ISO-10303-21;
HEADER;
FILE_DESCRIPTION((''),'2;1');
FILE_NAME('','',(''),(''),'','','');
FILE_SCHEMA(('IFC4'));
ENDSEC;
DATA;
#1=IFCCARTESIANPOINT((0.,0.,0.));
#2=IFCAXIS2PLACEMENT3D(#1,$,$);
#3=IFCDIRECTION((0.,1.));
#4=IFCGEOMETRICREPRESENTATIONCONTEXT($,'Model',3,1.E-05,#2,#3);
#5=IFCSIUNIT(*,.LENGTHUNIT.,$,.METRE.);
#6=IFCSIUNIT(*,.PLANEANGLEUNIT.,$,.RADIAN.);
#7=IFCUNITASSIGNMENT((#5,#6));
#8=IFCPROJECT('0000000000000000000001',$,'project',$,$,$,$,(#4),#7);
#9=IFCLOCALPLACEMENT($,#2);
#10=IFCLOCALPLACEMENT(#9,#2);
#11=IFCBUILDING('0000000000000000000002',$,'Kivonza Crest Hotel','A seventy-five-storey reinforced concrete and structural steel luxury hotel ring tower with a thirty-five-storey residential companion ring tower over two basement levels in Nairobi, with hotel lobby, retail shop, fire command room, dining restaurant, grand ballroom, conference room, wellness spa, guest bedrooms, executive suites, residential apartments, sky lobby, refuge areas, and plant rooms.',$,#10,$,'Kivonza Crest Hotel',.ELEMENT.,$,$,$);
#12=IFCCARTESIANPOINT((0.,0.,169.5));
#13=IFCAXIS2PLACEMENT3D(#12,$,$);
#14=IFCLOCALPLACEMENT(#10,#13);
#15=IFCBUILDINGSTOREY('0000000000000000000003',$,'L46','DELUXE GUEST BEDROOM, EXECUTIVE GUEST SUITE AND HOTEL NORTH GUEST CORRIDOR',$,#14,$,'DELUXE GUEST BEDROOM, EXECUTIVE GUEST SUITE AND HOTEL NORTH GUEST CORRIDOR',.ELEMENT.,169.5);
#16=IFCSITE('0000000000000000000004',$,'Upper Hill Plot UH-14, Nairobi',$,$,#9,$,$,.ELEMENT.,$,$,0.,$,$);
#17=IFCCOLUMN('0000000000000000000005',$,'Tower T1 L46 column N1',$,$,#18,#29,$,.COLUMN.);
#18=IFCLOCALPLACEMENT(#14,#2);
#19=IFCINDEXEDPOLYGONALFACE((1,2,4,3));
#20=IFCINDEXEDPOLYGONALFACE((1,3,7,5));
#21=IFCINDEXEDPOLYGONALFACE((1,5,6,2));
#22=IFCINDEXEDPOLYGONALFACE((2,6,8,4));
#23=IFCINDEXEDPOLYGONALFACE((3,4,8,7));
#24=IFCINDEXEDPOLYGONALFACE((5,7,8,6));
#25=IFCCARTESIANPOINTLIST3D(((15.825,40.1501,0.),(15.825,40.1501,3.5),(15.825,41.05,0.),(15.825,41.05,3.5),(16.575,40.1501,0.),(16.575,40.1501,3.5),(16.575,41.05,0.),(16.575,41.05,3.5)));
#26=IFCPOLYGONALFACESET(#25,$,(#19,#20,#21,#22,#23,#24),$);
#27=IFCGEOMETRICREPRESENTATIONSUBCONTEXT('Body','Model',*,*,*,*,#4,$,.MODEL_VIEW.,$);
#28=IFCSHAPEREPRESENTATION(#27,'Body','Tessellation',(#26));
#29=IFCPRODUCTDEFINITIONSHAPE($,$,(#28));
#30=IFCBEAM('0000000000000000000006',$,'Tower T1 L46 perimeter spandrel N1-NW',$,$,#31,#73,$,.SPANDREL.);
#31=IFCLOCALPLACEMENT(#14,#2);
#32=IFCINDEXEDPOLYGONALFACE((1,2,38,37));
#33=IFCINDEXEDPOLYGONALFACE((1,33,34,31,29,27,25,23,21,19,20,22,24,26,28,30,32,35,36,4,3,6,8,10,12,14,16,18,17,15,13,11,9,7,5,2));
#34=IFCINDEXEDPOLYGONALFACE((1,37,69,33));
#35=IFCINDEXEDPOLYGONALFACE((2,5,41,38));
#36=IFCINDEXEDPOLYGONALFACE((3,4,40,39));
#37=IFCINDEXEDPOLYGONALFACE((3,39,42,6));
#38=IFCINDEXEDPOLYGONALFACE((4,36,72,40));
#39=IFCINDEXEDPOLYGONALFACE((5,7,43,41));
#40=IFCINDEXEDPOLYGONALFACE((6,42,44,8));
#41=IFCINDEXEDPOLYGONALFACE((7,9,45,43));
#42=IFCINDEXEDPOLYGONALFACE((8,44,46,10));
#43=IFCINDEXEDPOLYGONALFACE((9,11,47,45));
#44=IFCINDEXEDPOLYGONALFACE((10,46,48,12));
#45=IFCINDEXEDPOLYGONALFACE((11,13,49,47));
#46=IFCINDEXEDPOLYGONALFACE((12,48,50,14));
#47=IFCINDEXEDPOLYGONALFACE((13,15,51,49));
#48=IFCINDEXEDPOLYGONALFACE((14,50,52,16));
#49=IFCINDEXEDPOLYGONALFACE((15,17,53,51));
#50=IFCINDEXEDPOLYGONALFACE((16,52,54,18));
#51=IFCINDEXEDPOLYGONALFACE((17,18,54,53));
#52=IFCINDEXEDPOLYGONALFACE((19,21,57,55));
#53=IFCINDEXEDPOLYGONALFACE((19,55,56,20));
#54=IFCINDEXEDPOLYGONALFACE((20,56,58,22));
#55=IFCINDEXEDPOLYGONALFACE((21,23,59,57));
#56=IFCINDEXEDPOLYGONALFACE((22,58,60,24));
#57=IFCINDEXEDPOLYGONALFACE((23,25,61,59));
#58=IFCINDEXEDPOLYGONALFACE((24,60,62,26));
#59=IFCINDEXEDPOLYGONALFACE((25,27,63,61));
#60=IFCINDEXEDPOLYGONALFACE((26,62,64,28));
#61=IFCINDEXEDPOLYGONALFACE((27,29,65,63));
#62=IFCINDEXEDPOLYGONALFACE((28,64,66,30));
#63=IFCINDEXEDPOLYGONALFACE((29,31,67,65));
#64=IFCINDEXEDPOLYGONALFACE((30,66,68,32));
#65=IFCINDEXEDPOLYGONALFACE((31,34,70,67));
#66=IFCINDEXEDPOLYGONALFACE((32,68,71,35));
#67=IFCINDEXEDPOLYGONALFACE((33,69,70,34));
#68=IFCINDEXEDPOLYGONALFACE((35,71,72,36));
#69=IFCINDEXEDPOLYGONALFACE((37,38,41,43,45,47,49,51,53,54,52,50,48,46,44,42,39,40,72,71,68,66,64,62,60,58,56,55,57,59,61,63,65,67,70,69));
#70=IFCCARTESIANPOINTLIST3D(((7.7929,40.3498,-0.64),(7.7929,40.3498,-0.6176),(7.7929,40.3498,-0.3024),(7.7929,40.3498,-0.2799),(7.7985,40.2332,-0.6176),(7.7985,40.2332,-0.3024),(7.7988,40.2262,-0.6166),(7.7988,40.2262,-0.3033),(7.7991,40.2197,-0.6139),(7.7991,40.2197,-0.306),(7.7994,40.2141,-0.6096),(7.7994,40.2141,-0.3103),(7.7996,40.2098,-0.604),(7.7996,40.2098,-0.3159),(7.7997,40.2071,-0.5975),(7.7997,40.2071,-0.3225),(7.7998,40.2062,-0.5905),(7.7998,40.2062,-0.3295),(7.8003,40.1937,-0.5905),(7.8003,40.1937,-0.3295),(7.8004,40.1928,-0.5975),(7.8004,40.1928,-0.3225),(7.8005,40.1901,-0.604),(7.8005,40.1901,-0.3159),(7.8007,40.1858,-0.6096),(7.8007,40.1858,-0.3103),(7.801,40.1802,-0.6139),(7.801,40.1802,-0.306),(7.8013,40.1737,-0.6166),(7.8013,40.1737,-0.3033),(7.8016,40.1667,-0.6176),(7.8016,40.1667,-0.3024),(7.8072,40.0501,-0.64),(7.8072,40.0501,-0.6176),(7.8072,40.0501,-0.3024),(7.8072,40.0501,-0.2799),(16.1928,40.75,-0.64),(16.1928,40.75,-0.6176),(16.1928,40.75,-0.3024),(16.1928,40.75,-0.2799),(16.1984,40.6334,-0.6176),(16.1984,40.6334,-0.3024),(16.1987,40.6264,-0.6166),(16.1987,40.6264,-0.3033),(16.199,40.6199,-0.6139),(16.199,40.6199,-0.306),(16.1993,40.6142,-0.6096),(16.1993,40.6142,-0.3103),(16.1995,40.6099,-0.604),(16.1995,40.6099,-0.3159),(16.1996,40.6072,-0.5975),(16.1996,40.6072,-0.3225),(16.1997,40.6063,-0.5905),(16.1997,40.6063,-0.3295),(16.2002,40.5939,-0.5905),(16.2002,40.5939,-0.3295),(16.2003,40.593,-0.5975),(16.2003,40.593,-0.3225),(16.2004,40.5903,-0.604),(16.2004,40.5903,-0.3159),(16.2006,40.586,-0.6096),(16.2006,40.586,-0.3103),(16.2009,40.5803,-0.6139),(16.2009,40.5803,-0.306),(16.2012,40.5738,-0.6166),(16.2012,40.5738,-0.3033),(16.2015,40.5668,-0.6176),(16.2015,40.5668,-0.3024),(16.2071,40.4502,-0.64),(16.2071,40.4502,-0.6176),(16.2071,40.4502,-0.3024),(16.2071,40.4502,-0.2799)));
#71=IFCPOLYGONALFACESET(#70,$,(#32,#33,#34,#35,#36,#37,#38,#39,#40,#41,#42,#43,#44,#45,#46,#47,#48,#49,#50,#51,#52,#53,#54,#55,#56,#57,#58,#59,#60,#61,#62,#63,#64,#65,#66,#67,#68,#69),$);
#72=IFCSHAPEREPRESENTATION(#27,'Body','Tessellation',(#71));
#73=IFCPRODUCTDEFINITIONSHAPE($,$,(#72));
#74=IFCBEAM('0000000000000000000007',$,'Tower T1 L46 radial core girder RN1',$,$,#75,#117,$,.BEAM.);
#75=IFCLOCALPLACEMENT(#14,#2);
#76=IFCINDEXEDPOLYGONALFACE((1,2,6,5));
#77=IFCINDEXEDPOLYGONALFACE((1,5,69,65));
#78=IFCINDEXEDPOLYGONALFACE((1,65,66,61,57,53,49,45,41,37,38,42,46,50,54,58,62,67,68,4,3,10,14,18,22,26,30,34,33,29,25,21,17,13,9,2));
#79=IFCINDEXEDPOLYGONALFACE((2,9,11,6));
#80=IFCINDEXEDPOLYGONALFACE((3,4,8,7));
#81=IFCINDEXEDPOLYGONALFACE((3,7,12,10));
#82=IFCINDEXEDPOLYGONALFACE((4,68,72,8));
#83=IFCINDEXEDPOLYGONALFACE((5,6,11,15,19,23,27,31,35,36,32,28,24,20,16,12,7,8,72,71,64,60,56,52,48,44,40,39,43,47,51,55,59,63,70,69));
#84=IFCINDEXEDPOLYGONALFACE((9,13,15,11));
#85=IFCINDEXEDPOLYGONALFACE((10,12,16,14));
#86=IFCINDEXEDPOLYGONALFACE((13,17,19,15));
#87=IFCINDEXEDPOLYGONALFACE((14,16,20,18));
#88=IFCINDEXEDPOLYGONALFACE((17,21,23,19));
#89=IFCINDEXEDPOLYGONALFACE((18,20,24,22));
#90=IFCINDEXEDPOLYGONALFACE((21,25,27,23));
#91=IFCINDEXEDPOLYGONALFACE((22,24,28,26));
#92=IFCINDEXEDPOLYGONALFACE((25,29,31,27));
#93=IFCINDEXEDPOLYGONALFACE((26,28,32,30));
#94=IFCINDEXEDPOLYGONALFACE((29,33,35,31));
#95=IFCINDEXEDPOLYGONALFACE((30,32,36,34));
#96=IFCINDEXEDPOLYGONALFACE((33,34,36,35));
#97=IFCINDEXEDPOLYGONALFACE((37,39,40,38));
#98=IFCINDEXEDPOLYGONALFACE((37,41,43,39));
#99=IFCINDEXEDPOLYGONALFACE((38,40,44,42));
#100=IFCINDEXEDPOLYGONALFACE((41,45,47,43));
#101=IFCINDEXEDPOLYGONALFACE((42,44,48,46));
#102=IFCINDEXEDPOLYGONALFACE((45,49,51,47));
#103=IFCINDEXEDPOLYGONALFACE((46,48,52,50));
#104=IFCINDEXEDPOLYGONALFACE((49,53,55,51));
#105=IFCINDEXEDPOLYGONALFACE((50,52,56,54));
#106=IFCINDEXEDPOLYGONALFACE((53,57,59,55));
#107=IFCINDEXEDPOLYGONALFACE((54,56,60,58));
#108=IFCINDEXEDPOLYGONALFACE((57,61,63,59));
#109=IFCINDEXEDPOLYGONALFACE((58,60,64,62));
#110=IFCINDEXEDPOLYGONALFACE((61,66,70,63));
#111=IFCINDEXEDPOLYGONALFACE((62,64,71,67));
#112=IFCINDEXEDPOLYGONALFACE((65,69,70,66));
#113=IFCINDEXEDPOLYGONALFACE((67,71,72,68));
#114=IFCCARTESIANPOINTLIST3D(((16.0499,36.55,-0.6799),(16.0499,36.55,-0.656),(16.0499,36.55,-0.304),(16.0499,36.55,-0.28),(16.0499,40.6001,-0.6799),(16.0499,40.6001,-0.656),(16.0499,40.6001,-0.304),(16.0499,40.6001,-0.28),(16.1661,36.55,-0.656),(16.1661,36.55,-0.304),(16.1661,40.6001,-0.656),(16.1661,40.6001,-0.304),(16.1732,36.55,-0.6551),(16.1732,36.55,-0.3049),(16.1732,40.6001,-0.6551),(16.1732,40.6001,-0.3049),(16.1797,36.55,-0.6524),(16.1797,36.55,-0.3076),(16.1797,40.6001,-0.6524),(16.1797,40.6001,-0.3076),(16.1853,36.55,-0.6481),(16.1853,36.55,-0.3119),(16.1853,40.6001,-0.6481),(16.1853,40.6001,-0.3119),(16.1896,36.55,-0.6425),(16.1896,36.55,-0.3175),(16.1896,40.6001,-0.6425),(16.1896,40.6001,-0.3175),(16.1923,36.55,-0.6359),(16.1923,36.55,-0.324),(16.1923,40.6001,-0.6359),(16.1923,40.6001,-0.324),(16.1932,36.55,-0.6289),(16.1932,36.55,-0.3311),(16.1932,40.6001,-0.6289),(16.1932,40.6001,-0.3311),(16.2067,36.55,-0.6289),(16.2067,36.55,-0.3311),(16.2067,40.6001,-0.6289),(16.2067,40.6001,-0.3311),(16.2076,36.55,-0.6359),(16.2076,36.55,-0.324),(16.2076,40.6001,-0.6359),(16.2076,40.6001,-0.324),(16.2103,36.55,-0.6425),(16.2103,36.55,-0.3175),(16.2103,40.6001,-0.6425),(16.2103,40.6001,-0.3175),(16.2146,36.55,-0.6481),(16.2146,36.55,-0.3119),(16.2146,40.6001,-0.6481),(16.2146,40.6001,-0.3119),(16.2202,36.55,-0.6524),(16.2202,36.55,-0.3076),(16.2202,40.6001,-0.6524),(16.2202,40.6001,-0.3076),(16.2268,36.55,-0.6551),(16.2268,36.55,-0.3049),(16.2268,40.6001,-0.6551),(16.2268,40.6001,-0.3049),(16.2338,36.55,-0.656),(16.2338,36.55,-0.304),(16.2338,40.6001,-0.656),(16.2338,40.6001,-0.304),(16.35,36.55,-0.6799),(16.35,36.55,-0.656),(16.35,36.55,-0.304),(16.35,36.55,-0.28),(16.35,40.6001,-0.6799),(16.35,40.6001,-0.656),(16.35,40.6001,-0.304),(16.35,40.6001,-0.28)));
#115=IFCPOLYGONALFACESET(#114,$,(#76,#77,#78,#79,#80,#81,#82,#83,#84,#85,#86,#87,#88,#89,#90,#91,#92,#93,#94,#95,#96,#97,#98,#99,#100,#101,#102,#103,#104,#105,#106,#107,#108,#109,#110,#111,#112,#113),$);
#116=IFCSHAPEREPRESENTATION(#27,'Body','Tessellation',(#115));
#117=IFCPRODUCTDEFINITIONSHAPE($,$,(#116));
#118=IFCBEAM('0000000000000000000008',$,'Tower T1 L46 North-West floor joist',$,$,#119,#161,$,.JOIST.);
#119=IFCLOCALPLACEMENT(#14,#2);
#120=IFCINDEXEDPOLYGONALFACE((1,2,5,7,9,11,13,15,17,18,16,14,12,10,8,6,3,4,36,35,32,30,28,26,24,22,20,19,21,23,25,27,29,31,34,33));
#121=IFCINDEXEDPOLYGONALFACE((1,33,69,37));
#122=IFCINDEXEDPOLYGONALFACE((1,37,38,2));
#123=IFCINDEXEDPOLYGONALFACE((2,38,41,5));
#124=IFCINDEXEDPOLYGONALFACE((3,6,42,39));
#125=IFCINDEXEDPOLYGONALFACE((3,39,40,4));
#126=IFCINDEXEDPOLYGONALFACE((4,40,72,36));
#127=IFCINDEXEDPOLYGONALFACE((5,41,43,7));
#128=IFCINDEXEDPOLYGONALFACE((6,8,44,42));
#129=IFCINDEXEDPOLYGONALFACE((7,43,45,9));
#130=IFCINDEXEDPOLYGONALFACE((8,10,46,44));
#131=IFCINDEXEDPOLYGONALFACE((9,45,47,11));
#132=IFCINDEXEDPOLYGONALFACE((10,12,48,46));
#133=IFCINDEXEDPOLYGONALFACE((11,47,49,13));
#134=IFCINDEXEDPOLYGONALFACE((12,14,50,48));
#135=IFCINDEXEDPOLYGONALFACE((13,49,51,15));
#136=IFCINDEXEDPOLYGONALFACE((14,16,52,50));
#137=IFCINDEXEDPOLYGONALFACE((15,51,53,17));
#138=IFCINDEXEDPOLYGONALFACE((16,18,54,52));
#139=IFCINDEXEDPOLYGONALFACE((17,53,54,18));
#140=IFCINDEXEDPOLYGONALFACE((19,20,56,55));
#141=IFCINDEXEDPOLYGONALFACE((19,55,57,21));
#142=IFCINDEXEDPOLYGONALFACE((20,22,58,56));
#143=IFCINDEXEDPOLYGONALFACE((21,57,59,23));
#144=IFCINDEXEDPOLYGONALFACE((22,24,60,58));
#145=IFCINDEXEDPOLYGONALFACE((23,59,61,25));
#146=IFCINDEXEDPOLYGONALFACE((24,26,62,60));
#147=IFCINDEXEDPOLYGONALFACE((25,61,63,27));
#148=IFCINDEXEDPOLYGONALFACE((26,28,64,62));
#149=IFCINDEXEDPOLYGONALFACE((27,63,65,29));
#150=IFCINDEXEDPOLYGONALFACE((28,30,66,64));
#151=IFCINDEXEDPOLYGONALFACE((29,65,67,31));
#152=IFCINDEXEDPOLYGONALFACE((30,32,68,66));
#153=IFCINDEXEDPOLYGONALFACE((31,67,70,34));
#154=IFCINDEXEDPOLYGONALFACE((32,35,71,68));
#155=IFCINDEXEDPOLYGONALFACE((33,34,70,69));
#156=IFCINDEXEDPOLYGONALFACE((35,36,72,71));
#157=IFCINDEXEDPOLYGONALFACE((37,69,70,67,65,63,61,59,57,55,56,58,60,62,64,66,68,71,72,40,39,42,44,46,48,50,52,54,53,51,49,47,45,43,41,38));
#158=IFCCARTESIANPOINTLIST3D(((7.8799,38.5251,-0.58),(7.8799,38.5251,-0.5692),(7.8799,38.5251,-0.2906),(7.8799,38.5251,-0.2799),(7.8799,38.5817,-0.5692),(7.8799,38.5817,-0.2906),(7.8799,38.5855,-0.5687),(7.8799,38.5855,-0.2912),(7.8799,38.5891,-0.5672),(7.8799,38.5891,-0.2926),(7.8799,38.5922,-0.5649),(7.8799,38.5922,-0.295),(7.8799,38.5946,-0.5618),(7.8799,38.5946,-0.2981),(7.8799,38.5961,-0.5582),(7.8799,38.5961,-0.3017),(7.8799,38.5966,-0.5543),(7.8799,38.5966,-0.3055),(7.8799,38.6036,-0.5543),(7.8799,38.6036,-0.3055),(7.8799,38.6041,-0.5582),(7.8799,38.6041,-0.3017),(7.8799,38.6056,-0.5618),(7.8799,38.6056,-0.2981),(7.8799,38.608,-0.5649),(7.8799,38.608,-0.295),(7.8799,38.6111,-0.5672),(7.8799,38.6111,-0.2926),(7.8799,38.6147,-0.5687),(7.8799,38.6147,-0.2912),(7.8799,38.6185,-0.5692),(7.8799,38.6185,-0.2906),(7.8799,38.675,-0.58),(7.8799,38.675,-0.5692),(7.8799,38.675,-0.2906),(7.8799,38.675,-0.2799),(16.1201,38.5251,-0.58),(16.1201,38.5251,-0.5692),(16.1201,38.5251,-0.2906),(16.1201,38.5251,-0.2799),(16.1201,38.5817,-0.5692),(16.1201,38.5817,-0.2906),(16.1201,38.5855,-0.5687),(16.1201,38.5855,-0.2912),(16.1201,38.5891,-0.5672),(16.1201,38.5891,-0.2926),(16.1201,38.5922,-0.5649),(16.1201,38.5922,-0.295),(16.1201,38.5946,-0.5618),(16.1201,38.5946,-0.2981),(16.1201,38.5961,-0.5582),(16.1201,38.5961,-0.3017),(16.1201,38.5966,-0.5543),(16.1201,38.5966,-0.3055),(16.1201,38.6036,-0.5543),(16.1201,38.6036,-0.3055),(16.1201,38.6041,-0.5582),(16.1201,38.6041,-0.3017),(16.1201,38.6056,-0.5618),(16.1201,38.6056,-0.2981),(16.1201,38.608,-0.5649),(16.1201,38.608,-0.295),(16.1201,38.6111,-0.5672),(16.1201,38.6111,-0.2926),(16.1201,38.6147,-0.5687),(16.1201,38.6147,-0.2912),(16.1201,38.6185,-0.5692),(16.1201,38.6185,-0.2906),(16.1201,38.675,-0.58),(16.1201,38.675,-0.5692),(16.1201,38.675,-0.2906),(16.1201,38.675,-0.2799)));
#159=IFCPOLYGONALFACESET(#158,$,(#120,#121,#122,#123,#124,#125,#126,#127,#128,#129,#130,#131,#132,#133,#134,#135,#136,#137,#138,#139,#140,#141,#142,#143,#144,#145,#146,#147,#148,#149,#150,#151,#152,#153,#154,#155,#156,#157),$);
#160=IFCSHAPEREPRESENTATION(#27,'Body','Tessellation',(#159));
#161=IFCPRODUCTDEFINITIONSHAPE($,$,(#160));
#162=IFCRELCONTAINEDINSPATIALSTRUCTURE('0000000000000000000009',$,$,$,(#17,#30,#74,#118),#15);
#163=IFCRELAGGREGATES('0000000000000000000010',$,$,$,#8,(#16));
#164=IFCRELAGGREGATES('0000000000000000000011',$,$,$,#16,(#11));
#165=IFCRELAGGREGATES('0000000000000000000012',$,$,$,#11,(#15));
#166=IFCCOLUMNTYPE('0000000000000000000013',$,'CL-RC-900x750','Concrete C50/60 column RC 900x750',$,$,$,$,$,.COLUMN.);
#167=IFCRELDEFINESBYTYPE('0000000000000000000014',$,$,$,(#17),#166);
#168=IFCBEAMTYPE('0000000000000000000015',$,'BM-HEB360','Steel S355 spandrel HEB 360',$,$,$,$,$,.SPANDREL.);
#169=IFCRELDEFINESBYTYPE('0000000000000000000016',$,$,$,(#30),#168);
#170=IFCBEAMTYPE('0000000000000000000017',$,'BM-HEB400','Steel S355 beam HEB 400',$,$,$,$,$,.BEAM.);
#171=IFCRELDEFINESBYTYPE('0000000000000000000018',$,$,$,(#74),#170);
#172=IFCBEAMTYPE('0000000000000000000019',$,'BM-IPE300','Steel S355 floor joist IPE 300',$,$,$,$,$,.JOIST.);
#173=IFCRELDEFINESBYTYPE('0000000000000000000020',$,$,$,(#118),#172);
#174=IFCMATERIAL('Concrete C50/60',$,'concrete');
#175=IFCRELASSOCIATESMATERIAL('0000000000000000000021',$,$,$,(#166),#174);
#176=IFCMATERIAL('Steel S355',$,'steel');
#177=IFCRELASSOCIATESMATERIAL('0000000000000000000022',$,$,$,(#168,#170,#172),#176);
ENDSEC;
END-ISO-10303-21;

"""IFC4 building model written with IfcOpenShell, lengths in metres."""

from ifc_helpers import new_model, si_unit, direction, frame, origin, origin_2d, place, context, subcontext, project, spatial, rectangle, i_section, extrude, material, material_profile, profile_set, type_object, element, save


model = new_model("IFC4")

# Units and contexts
model_context = context("Model", 3, precision=1e-05, world=origin(), true_north=direction((0.0, 1.0)))
body_context = subcontext(model_context, "Body", "Model", "MODEL_VIEW")
ifc_project = project(units=[si_unit("LENGTHUNIT", "METRE"), si_unit("PLANEANGLEUNIT", "RADIAN")], contexts=[model_context])

# Site, building, storey
site_placement = place(None, origin())
site = spatial("IfcSite", under=ifc_project, at=site_placement, Name="Upper Hill Plot UH-14, Nairobi", CompositionType="ELEMENT", RefElevation=0.0)
building_placement = place(site_placement, origin())
building = spatial("IfcBuilding", under=site, at=building_placement, Name="Kivonza Crest Hotel", Description="A seventy-five-storey reinforced concrete and structural steel luxury hotel ring tower with a thirty-five-storey residential companion ring tower over two basement levels in Nairobi, with hotel lobby, retail shop, fire command room, dining restaurant, grand ballroom, conference room, wellness spa, guest bedrooms, executive suites, residential apartments, sky lobby, refuge areas, and plant rooms.", LongName="Kivonza Crest Hotel", CompositionType="ELEMENT")
storey_placement = place(building_placement, frame((0.0, 0.0, 169.5)))
storey = spatial("IfcBuildingStorey", under=building, at=storey_placement, Name="L46", Description="DELUXE GUEST BEDROOM, EXECUTIVE GUEST SUITE AND HOTEL NORTH GUEST CORRIDOR", LongName="DELUXE GUEST BEDROOM, EXECUTIVE GUEST SUITE AND HOTEL NORTH GUEST CORRIDOR", CompositionType="ELEMENT", Elevation=169.5)

# Column
ifc_material_1 = material(Name="Concrete C50/60", Category="concrete")
ifc_material_profile_1 = material_profile(ifc_material_1, rectangle(XDim=0.75, YDim=0.8999, at=origin_2d()), Name="RC 900x750")
ifc_profile_set_1 = profile_set([ifc_material_profile_1], Name="Concrete C50/60")
column_type = type_object("IfcColumnType", Name="CL-RC-900x750", Description="Concrete C50/60 column RC 900x750", PredefinedType="COLUMN", material=ifc_profile_set_1)
column_placement = place(storey_placement, frame((16.2, 40.6001, 0.0), z_axis=(0.0, 0.0, 1.0), x_axis=(1.0, 0.0, 0.0)))
element("IfcColumn", 1, at=column_placement, inside=storey, type_object=column_type, Name="Tower T1 L46 column N1", PredefinedType="COLUMN", context=body_context, shape_type="SweptSolid", body=[
    extrude(rectangle(XDim=0.75, YDim=0.8999, at=origin_2d()), origin(), (0.0, 0.0, 1.0), 3.5),
])

# Beams
ifc_material_2 = material(Name="Steel S355", Category="steel")
ifc_material_profile_2 = material_profile(ifc_material_2, i_section(OverallWidth=0.3, OverallDepth=0.3601, WebThickness=0.0125, FlangeThickness=0.0225, FilletRadius=0.0271, at=origin_2d()), Name="HEB 360")
ifc_profile_set_2 = profile_set([ifc_material_profile_2], Name="Steel S355")
beam_type_1 = type_object("IfcBeamType", Name="BM-HEB360", Description="Steel S355 spandrel HEB 360", PredefinedType="SPANDREL", material=ifc_profile_set_2)
beam_1_placement = place(storey_placement, frame((16.2, 40.6001, -0.46), z_axis=(-0.998867, -0.047583, 0.0), x_axis=(0.047583, -0.998867, 0.0)))
element("IfcBeam", 2, at=beam_1_placement, inside=storey, type_object=beam_type_1, Name="Tower T1 L46 perimeter spandrel N1-NW", PredefinedType="SPANDREL", context=body_context, shape_type="SweptSolid", body=[
    extrude(i_section(OverallWidth=0.3, OverallDepth=0.3601, WebThickness=0.0125, FlangeThickness=0.0225, FilletRadius=0.0271, at=origin_2d()), origin(), (0.0, 0.0, 1.0), 8.4094),
])
ifc_material_profile_3 = material_profile(ifc_material_2, i_section(OverallWidth=0.3, OverallDepth=0.3999, WebThickness=0.0134, FlangeThickness=0.0239, FilletRadius=0.0271, at=origin_2d()), Name="HEB 400")
ifc_profile_set_3 = profile_set([ifc_material_profile_3], Name="Steel S355")
beam_type_2 = type_object("IfcBeamType", Name="BM-HEB400", Description="Steel S355 beam HEB 400", PredefinedType="BEAM", material=ifc_profile_set_3)
beam_2_placement = place(storey_placement, frame((16.2, 40.6001, -0.48), z_axis=(0.0, -1.0, 0.0), x_axis=(1.0, 0.0, 0.0)))
element("IfcBeam", 3, at=beam_2_placement, inside=storey, type_object=beam_type_2, Name="Tower T1 L46 radial core girder RN1", PredefinedType="BEAM", context=body_context, shape_type="SweptSolid", body=[
    extrude(i_section(OverallWidth=0.3, OverallDepth=0.3999, WebThickness=0.0134, FlangeThickness=0.0239, FilletRadius=0.0271, at=origin_2d()), origin(), (0.0, 0.0, 1.0), 4.05),
])
ifc_material_profile_4 = material_profile(ifc_material_2, i_section(OverallWidth=0.1499, OverallDepth=0.3, WebThickness=0.0071, FlangeThickness=0.0107, FilletRadius=0.0149, at=origin_2d()), Name="IPE 300")
ifc_profile_set_4 = profile_set([ifc_material_profile_4], Name="Steel S355")
beam_type_3 = type_object("IfcBeamType", Name="BM-IPE300", Description="Steel S355 floor joist IPE 300", PredefinedType="JOIST", material=ifc_profile_set_4)
beam_3_placement = place(storey_placement, frame((7.8799, 38.6001, -0.4299), z_axis=(1.0, 0.0, 0.0), x_axis=(0.0, 1.0, 0.0)))
element("IfcBeam", 4, at=beam_3_placement, inside=storey, type_object=beam_type_3, Name="Tower T1 L46 North-West floor joist", PredefinedType="JOIST", context=body_context, shape_type="SweptSolid", body=[
    extrude(i_section(OverallWidth=0.1499, OverallDepth=0.3, WebThickness=0.0071, FlangeThickness=0.0107, FilletRadius=0.0149, at=origin_2d()), origin(), (0.0, 0.0, 1.0), 8.2402),
])

save(model, "model.ifc")
